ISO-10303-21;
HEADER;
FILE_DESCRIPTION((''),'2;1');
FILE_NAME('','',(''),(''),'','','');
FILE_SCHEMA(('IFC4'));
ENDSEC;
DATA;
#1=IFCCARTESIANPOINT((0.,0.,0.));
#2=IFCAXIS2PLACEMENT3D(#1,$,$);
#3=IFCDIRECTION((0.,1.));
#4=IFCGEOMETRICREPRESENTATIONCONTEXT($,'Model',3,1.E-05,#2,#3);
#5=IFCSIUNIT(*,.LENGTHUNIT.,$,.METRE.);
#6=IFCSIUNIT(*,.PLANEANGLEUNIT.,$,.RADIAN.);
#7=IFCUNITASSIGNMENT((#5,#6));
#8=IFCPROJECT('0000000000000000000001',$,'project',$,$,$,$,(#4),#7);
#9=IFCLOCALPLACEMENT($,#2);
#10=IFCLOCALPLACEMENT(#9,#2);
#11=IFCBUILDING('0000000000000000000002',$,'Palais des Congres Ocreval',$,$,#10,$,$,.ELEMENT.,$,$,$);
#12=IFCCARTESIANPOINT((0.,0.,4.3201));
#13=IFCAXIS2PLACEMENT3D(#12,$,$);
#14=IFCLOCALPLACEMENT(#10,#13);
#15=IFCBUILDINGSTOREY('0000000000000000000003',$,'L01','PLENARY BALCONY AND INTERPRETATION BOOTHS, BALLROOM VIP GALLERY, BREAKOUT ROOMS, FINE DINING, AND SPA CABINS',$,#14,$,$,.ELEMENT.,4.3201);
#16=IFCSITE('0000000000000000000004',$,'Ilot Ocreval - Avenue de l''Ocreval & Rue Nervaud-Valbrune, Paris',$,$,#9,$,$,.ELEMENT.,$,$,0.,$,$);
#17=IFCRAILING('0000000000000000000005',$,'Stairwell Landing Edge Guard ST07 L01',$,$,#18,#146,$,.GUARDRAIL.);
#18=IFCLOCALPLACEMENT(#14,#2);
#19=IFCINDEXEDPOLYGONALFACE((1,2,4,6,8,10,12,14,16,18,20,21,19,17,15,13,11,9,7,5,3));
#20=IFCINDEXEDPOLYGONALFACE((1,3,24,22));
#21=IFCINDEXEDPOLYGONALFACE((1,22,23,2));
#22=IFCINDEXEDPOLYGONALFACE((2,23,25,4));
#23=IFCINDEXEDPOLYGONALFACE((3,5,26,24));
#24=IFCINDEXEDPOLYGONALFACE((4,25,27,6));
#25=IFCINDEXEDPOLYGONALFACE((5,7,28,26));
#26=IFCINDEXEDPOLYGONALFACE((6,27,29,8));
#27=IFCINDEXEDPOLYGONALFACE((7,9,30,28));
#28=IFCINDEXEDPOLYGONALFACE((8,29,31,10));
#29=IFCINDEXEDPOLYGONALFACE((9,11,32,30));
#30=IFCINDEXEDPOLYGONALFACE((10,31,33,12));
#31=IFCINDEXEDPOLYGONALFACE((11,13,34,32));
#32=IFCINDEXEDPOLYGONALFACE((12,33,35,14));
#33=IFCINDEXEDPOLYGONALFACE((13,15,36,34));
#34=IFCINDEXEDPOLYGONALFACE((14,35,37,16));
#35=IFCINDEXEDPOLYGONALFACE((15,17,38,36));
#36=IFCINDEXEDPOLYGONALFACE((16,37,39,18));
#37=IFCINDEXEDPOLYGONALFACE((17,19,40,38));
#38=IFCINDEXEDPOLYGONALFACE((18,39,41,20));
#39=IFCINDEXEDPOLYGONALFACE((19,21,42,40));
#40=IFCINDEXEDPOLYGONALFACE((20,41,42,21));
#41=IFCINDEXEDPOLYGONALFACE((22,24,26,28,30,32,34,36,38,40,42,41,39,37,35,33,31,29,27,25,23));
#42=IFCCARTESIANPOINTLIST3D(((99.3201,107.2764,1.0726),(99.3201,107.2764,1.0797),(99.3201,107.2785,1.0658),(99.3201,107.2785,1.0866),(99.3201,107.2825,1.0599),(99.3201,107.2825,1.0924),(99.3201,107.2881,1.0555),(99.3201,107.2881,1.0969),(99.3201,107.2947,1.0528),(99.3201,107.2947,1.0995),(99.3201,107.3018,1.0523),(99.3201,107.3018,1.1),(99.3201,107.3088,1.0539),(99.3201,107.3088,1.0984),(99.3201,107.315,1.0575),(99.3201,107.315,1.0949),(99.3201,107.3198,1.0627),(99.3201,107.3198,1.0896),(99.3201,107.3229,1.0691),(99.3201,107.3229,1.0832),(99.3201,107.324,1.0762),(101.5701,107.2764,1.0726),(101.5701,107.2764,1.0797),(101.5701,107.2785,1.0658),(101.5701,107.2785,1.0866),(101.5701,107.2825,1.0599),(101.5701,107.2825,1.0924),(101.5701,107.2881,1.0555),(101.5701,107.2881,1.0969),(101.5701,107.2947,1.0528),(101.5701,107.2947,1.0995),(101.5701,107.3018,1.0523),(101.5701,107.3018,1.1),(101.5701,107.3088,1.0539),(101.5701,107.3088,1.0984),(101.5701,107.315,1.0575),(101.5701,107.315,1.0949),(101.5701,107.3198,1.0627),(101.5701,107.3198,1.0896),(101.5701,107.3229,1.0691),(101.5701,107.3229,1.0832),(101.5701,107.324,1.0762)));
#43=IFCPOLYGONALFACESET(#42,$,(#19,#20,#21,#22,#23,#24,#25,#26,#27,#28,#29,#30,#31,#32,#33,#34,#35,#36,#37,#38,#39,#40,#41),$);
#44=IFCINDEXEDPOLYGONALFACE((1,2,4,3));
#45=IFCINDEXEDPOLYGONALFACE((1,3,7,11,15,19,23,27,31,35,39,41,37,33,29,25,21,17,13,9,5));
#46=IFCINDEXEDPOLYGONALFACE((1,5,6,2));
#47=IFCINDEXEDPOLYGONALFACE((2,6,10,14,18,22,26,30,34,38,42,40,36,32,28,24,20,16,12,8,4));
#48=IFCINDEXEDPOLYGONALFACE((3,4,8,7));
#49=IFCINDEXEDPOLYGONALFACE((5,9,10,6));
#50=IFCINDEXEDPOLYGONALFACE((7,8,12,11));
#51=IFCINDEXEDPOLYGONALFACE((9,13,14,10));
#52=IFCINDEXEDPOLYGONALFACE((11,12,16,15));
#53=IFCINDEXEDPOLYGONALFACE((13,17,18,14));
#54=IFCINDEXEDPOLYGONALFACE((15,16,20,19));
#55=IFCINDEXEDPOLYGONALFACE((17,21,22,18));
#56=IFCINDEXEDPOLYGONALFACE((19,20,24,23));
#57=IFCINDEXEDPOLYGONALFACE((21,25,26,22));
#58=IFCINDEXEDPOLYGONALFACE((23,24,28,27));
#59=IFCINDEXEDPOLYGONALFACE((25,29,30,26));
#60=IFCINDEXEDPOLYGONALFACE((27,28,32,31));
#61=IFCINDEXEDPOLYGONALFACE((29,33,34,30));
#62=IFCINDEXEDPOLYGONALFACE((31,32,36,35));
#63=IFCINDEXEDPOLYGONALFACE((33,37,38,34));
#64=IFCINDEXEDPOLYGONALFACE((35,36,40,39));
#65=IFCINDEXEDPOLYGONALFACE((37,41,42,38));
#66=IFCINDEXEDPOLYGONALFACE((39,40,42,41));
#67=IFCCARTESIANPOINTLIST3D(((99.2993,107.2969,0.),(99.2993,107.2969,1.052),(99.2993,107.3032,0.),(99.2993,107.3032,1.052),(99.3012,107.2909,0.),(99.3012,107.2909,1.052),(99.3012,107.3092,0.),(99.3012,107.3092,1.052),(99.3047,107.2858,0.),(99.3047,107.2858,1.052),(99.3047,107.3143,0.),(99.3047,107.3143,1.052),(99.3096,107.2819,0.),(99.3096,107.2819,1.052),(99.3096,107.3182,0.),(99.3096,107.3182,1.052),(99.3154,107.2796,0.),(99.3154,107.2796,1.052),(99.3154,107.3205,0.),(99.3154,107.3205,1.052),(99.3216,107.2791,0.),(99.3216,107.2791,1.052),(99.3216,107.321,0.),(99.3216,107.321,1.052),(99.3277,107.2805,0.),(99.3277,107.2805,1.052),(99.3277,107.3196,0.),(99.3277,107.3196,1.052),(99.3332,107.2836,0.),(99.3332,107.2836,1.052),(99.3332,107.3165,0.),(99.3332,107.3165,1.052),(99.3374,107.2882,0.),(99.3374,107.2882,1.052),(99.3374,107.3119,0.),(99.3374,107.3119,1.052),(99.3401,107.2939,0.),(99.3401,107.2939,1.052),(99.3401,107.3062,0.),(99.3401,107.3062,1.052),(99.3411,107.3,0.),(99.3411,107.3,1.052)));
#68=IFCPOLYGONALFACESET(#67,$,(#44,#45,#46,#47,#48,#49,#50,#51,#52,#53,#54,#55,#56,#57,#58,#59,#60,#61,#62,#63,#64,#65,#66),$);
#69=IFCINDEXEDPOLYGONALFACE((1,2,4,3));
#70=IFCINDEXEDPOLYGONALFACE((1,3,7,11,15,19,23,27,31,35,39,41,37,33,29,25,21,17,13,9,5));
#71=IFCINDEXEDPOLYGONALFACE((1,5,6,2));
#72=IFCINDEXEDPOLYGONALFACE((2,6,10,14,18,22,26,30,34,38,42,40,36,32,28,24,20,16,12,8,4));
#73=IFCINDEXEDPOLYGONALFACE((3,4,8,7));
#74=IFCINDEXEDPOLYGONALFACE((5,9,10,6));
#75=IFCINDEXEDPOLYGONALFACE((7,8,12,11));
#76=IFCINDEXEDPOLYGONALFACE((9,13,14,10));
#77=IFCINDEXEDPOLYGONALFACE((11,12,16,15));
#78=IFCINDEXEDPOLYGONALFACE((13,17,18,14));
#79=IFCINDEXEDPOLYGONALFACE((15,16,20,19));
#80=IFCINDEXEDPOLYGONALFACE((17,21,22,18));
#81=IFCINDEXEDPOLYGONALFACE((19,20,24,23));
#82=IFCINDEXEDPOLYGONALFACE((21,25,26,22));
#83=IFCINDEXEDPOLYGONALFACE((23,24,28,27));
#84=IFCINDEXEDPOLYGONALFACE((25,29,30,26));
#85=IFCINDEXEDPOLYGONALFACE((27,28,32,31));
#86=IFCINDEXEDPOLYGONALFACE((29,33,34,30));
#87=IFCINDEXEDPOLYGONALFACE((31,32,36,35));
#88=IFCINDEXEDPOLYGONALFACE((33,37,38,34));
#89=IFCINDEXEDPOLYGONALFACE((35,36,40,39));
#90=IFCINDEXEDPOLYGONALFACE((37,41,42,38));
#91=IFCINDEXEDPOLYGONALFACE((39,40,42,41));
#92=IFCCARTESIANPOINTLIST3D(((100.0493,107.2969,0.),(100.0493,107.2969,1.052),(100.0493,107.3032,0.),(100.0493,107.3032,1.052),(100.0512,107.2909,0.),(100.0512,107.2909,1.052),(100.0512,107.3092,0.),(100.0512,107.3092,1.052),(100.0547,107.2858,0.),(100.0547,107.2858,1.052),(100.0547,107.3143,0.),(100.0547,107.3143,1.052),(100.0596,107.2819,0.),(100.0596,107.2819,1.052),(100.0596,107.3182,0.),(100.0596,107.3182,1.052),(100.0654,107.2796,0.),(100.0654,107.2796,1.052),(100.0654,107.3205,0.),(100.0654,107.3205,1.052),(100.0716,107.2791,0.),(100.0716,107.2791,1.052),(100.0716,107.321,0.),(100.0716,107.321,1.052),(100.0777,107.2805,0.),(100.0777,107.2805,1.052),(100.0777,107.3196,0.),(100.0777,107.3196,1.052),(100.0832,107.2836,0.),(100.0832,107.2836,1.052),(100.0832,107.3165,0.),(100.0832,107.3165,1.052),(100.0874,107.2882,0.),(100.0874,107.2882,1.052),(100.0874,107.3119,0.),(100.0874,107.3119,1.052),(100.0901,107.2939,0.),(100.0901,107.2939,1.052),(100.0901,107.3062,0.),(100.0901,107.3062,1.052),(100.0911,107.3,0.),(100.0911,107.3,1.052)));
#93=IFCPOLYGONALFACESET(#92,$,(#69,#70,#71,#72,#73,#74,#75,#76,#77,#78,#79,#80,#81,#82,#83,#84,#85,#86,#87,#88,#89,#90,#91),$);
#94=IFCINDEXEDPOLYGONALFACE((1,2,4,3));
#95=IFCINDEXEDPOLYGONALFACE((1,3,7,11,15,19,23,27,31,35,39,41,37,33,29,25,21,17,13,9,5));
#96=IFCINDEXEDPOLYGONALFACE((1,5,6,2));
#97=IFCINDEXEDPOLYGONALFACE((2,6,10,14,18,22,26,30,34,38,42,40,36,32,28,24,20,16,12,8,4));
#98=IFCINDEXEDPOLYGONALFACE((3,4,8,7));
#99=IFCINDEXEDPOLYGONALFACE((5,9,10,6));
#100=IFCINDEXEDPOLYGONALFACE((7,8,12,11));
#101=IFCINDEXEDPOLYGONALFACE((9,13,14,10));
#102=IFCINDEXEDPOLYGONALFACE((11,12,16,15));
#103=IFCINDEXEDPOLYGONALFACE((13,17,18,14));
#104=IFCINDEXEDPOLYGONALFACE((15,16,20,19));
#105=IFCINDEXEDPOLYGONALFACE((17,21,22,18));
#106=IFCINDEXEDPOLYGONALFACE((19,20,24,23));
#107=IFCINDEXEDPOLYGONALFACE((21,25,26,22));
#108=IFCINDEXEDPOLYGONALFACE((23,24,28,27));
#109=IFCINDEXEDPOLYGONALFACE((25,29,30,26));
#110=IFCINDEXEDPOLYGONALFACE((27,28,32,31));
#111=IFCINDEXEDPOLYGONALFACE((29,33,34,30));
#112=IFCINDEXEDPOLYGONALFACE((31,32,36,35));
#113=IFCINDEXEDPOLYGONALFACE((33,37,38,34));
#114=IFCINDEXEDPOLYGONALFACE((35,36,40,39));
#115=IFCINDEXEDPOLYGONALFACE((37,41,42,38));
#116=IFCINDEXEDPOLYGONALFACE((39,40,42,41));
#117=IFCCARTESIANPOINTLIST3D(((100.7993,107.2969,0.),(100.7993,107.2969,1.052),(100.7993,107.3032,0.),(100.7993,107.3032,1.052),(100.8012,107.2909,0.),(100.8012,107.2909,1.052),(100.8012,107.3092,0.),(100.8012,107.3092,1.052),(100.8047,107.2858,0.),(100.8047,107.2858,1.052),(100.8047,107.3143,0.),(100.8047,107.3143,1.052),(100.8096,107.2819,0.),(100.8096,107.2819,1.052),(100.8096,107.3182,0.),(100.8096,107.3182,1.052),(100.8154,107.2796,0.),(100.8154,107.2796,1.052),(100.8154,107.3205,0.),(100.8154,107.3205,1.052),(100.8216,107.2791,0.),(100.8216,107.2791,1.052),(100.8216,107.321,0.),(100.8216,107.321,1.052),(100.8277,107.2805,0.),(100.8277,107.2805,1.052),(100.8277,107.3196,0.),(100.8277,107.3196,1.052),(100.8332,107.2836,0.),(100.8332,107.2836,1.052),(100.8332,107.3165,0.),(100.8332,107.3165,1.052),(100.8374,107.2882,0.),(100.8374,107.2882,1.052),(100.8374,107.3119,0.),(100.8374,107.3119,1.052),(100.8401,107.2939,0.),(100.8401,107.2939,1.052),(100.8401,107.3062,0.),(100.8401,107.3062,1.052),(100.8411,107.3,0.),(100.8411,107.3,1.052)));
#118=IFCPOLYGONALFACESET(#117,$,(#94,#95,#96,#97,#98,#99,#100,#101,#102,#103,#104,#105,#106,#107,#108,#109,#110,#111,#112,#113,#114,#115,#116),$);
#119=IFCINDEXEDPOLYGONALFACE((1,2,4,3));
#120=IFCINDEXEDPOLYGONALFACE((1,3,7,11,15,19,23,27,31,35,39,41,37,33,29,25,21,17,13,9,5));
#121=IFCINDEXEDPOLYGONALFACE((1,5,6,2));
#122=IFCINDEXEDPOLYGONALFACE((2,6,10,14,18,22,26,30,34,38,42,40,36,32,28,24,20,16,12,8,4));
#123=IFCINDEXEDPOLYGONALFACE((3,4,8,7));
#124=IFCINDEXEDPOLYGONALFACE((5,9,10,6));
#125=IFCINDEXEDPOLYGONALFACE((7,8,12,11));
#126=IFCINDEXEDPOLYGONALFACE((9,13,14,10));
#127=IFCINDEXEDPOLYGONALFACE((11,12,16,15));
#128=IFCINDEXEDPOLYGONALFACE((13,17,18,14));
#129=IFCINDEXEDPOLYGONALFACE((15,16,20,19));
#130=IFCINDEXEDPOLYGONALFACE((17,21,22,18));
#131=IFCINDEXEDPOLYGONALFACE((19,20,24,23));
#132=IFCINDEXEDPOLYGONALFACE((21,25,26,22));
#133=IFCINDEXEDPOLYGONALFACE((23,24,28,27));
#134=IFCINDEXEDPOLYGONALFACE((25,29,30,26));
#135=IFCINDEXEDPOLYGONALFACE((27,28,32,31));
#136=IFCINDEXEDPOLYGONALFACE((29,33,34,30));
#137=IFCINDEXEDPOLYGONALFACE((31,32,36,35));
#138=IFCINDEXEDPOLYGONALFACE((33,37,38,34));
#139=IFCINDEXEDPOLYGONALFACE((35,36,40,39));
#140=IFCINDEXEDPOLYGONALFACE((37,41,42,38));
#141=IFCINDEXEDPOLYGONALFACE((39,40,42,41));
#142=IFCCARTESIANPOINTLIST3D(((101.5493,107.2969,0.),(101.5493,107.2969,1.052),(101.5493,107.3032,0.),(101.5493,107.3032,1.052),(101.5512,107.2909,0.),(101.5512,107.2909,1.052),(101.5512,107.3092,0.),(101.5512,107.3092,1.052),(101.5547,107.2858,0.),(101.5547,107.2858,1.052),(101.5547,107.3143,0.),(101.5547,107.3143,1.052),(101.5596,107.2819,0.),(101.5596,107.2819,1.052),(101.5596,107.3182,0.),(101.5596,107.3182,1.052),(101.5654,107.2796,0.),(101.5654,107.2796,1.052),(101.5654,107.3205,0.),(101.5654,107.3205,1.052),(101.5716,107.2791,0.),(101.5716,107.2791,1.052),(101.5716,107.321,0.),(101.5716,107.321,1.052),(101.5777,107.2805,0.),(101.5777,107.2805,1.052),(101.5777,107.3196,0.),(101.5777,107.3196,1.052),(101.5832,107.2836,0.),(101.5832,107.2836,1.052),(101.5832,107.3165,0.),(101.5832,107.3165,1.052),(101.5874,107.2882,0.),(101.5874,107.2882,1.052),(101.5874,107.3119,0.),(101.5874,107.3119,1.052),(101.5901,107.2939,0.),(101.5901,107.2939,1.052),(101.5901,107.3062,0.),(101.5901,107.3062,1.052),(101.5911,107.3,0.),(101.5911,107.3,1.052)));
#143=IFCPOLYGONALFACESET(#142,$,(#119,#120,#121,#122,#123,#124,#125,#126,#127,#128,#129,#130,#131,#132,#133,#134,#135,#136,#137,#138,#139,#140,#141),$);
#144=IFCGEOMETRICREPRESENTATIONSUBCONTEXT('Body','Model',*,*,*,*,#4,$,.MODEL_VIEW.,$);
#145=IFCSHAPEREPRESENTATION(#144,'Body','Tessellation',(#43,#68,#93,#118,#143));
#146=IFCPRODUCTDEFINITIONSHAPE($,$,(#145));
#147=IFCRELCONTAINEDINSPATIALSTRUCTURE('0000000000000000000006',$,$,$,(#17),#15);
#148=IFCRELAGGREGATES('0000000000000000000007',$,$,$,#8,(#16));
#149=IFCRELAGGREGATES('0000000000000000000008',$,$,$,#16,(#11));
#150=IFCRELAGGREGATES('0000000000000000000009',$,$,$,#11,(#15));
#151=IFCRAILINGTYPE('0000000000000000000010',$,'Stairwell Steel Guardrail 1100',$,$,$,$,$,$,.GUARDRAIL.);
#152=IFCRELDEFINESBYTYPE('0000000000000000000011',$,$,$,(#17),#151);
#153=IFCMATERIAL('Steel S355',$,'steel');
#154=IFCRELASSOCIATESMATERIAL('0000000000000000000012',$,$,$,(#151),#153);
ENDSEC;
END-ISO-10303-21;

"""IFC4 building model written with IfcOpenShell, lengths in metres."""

from ifc_helpers import new_model, si_unit, direction, frame, origin, origin_2d, place, context, subcontext, project, spatial, circle, extrude, material, type_object, element, save


model = new_model("IFC4")

# Units and contexts
model_context = context("Model", 3, precision=1e-05, world=origin(), true_north=direction((0.0, 1.0)))
body_context = subcontext(model_context, "Body", "Model", "MODEL_VIEW")
ifc_project = project(units=[si_unit("LENGTHUNIT", "METRE"), si_unit("PLANEANGLEUNIT", "RADIAN")], contexts=[model_context])

# Site, building, storey
site_placement = place(None, origin())
site = spatial("IfcSite", under=ifc_project, at=site_placement, Name="Ilot Ocreval - Avenue de l'Ocreval & Rue Nervaud-Valbrune, Paris", CompositionType="ELEMENT", RefElevation=0.0)
building_placement = place(site_placement, origin())
building = spatial("IfcBuilding", under=site, at=building_placement, Name="Palais des Congres Ocreval", CompositionType="ELEMENT")
storey_placement = place(building_placement, frame((0.0, 0.0, 4.3201)))
storey = spatial("IfcBuildingStorey", under=building, at=storey_placement, Name="L01", Description="PLENARY BALCONY AND INTERPRETATION BOOTHS, BALLROOM VIP GALLERY, BREAKOUT ROOMS, FINE DINING, AND SPA CABINS", CompositionType="ELEMENT", Elevation=4.3201)

# Shared definitions
ifc_material_1 = material(Name="Steel S355", Category="steel")

# Railing
railing_type_1 = type_object("IfcRailingType", Name="Stairwell Steel Guardrail 1100", PredefinedType="GUARDRAIL", material=ifc_material_1)
railing_1_placement = place(storey_placement, frame((99.3201, 107.3, 0.0)))
element("IfcRailing", 1, at=railing_1_placement, inside=storey, type_object=railing_type_1, Name="Stairwell Landing Edge Guard ST07 L01", PredefinedType="GUARDRAIL", context=body_context, shape_type="SweptSolid", body=[
    extrude(circle(Radius=0.0239, at=origin_2d()), frame((0.0, 0.0, 1.0762), z_axis=(1.0, 0.0, 0.0), x_axis=(0.0, 1.0, 0.0)), (0.0, 0.0, 1.0), 2.25),
    extrude(circle(Radius=0.021, at=origin_2d()), origin(), (0.0, 0.0, 1.0), 1.052),
    extrude(circle(Radius=0.021, at=origin_2d()), frame((0.75, 0.0, 0.0)), (0.0, 0.0, 1.0), 1.052),
    extrude(circle(Radius=0.021, at=origin_2d()), frame((1.5, 0.0, 0.0)), (0.0, 0.0, 1.0), 1.052),
    extrude(circle(Radius=0.021, at=origin_2d()), frame((2.25, 0.0, 0.0)), (0.0, 0.0, 1.0), 1.052),
])

save(model, "model.ifc")
